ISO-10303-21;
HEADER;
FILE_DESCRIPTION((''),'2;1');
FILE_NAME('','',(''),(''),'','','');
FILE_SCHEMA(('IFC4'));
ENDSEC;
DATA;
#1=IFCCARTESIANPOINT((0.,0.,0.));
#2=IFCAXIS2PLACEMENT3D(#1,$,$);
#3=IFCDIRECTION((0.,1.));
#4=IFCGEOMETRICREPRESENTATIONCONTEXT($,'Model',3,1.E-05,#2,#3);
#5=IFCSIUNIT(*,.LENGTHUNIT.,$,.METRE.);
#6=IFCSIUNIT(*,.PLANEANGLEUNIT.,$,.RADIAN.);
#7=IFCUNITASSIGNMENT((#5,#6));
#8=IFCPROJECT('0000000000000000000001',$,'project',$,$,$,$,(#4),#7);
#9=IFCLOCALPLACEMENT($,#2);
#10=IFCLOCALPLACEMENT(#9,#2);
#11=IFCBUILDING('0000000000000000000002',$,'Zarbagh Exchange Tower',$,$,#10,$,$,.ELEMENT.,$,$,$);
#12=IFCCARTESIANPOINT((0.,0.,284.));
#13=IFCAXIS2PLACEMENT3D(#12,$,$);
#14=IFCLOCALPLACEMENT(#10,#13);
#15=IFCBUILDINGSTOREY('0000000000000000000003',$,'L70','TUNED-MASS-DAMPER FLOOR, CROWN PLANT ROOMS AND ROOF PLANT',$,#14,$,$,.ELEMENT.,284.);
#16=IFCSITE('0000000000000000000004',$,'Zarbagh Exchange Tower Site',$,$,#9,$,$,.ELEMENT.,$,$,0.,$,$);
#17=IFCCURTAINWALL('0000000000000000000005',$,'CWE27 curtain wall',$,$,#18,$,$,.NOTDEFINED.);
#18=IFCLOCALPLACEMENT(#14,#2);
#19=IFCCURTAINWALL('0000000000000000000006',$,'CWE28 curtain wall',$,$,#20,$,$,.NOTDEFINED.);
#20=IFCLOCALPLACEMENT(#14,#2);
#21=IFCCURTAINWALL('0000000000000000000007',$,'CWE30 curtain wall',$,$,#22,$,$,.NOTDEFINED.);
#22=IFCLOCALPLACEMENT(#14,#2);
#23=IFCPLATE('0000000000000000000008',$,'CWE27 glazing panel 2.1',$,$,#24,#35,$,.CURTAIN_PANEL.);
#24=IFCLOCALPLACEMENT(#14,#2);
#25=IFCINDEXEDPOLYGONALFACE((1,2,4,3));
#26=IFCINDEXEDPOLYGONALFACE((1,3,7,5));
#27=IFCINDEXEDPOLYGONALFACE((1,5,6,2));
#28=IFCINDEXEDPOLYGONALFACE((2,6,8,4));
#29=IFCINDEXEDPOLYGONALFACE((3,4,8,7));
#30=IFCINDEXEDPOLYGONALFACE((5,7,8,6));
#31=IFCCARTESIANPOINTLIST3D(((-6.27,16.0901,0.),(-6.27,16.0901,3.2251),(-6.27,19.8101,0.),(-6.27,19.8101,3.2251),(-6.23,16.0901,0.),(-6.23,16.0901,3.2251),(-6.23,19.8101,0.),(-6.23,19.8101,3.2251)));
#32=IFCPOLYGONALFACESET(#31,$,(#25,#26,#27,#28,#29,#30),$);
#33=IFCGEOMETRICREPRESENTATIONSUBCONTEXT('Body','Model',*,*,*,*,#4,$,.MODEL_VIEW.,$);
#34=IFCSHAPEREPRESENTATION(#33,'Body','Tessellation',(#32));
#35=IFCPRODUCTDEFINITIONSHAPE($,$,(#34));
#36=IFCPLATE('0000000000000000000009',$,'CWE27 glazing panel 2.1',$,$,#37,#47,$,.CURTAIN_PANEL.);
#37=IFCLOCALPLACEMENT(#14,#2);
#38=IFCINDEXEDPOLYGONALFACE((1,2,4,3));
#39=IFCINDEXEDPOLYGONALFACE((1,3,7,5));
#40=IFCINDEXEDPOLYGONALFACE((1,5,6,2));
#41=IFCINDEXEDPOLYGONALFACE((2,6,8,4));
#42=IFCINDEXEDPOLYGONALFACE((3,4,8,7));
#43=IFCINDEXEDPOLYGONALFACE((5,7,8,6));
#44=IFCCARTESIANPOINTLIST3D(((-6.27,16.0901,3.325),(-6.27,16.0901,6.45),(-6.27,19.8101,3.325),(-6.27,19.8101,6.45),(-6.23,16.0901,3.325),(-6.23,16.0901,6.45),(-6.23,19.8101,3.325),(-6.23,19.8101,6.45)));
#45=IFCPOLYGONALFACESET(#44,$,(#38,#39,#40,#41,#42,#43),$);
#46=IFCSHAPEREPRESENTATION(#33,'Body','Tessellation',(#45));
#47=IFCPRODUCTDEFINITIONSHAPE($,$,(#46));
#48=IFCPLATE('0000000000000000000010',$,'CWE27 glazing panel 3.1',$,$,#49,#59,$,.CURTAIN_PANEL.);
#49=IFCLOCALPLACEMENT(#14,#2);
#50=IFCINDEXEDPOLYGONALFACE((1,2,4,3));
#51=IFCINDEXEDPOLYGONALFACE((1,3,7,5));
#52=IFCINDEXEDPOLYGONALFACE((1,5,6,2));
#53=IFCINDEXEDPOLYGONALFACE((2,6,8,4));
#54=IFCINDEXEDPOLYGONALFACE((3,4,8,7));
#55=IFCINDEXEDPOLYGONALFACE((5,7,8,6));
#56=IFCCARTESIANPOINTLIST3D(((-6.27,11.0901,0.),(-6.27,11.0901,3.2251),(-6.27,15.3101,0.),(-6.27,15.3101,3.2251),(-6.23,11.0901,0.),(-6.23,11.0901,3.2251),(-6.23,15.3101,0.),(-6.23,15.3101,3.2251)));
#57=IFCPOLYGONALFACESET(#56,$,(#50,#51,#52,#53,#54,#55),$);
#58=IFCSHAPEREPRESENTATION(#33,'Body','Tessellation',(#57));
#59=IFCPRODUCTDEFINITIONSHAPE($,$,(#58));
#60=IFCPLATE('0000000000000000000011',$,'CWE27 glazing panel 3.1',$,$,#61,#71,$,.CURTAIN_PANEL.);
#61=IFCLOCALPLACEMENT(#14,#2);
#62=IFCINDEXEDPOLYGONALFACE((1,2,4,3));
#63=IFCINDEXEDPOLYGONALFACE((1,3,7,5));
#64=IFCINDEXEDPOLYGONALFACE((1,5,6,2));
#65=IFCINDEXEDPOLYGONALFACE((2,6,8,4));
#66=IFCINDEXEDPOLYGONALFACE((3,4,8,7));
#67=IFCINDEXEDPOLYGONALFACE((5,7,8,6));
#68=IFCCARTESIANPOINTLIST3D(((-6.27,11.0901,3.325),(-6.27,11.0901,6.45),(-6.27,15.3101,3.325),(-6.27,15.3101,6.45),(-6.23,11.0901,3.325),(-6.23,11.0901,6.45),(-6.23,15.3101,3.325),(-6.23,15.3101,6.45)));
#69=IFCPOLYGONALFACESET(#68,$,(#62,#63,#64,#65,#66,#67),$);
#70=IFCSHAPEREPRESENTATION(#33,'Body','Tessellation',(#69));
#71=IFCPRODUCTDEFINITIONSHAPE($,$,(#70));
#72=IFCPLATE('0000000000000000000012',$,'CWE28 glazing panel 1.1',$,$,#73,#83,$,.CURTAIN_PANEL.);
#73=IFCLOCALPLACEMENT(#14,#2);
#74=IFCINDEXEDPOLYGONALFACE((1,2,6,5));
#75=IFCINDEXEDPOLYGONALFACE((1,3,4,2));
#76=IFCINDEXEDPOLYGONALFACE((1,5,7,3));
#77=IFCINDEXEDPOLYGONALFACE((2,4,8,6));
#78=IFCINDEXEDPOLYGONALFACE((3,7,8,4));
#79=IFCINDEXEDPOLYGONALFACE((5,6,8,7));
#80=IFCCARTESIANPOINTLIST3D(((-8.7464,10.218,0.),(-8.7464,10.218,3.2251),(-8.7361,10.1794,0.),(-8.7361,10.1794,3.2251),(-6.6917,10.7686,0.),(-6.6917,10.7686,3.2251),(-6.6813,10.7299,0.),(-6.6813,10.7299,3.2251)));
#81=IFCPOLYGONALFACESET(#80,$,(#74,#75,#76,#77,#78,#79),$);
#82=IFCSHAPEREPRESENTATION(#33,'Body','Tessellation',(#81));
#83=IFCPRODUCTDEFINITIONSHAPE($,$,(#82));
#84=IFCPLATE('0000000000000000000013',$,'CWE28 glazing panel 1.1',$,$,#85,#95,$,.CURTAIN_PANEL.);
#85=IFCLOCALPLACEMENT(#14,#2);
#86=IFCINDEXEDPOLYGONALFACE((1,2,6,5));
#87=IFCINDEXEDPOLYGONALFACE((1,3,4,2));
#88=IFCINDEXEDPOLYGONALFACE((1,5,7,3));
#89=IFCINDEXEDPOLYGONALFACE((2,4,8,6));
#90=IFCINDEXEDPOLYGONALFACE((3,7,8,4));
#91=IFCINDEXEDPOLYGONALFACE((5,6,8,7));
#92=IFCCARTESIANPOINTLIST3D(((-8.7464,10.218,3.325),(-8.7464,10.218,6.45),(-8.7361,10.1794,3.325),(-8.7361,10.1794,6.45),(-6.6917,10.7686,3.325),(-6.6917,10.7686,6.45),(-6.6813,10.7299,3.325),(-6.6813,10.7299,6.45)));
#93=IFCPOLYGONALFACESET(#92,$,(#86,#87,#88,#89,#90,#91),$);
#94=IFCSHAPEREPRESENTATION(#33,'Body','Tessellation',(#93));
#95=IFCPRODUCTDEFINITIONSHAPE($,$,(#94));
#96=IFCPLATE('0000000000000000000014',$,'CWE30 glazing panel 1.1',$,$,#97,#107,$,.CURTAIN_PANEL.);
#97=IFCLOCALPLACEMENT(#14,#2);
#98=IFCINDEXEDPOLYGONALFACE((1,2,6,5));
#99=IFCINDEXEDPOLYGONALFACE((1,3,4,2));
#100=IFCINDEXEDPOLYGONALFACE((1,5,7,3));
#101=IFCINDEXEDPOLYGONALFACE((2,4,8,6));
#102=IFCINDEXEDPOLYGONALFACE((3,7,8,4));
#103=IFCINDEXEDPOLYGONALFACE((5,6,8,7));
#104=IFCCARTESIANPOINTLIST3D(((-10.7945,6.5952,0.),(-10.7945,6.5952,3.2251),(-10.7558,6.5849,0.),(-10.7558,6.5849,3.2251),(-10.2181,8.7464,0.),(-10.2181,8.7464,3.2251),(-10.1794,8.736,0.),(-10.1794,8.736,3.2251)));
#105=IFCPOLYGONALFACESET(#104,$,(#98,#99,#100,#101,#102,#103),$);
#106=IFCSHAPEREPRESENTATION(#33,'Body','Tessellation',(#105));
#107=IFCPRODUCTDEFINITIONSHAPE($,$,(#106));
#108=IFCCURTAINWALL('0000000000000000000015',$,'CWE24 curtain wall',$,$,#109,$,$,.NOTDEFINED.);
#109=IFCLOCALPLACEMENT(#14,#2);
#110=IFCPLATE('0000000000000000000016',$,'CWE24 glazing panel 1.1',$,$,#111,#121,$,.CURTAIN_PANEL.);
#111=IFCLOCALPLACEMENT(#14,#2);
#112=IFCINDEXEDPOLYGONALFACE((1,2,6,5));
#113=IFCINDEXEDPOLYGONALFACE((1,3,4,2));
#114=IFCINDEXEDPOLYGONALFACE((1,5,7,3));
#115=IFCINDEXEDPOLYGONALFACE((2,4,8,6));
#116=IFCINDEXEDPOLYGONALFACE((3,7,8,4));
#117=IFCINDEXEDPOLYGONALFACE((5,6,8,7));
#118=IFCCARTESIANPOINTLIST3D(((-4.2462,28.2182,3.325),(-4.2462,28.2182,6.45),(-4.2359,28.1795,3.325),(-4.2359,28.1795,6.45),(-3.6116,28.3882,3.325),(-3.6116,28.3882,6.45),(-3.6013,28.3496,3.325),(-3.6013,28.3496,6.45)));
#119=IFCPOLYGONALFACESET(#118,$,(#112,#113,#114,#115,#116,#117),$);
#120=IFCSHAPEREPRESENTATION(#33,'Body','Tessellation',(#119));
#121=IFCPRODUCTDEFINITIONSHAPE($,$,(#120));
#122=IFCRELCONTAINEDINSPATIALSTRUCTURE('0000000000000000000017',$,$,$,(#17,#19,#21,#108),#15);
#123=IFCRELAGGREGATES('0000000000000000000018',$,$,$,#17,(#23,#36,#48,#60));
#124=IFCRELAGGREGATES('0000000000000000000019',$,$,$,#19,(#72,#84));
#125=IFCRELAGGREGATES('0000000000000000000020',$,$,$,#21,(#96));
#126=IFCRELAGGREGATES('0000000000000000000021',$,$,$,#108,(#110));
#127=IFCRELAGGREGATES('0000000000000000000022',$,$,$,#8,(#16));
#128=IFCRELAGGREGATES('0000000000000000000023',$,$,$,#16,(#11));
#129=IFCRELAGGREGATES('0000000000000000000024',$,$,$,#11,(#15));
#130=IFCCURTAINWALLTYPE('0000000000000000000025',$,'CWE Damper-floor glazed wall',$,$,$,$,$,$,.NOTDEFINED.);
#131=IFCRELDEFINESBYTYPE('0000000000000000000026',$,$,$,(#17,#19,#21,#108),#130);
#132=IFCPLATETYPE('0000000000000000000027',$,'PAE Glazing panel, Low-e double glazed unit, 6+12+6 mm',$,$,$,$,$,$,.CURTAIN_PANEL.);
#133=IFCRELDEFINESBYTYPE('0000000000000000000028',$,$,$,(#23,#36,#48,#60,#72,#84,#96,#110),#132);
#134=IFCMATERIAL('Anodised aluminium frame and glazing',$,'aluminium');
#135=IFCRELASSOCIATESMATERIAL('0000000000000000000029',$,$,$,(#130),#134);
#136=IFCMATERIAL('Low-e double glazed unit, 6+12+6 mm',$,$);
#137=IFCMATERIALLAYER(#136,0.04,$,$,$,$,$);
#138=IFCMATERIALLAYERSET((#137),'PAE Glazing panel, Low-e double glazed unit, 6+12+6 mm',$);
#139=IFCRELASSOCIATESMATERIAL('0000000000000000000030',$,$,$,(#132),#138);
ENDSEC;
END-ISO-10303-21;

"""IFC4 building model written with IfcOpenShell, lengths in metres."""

from ifc_helpers import new_model, si_unit, direction, frame, origin, place, context, subcontext, project, spatial, polyline, outline, extrude, source, transform, mapped, material, layer, layer_set, type_object, element, aggregate, save


model = new_model("IFC4")

# Units and contexts
model_context = context("Model", 3, precision=1e-05, world=origin(), true_north=direction((0.0, 1.0)))
body_context = subcontext(model_context, "Body", "Model", "MODEL_VIEW")
ifc_project = project(units=[si_unit("LENGTHUNIT", "METRE"), si_unit("PLANEANGLEUNIT", "RADIAN")], contexts=[model_context])

# Site, building, storey
site_placement = place(None, origin())
site = spatial("IfcSite", under=ifc_project, at=site_placement, Name="Zarbagh Exchange Tower Site", CompositionType="ELEMENT", RefElevation=0.0)
building_placement = place(site_placement, origin())
building = spatial("IfcBuilding", under=site, at=building_placement, Name="Zarbagh Exchange Tower", CompositionType="ELEMENT")
storey_placement = place(building_placement, frame((0.0, 0.0, 284.0)))
storey = spatial("IfcBuildingStorey", under=building, at=storey_placement, Name="L70", Description="TUNED-MASS-DAMPER FLOOR, CROWN PLANT ROOMS AND ROOF PLANT", CompositionType="ELEMENT", Elevation=284.0)

# Curtain wall
ifc_material_1 = material(Name="Anodised aluminium frame and glazing", Category="aluminium")
curtain_wall_type = type_object("IfcCurtainWallType", Name="CWE Damper-floor glazed wall", PredefinedType="NOTDEFINED", material=ifc_material_1)
curtain_wall_1_placement = place(storey_placement, origin())
curtain_wall_1 = element("IfcCurtainWall", 1, at=curtain_wall_1_placement, inside=storey, type_object=curtain_wall_type, Name="CWE27 curtain wall", PredefinedType="NOTDEFINED")
placement = place(storey_placement, origin())

# Curtain wall
curtain_wall_2_placement = place(storey_placement, origin())
curtain_wall_2 = element("IfcCurtainWall", 2, at=curtain_wall_2_placement, inside=storey, type_object=curtain_wall_type, Name="CWE28 curtain wall", PredefinedType="NOTDEFINED")

# Curtain wall
curtain_wall_3_placement = place(storey_placement, origin())
curtain_wall_3 = element("IfcCurtainWall", 3, at=curtain_wall_3_placement, inside=storey, type_object=curtain_wall_type, Name="CWE30 curtain wall", PredefinedType="NOTDEFINED")

# Plates
ifc_material_2 = material(Name="Low-e double glazed unit, 6+12+6 mm")
ifc_layer = layer(ifc_material_2, 0.04)
ifc_layer_set = layer_set([ifc_layer], Name="PAE Glazing panel, Low-e double glazed unit, 6+12+6 mm")
plate_type = type_object("IfcPlateType", Name="PAE Glazing panel, Low-e double glazed unit, 6+12+6 mm", PredefinedType="CURTAIN_PANEL", material=ifc_layer_set)
shared_shape_1 = source(origin(), body_context, "Body", "SweptSolid", [
    extrude(outline(polyline([(0.0, -0.02), (3.72, -0.02), (3.72, 0.02), (0.0, 0.02), (0.0, -0.02)])), origin(), (0.0, 0.0, 1.0), 3.2251),
])
plate_1 = element("IfcPlate", 4, at=placement, type_object=plate_type, Name="CWE27 glazing panel 2.1", PredefinedType="CURTAIN_PANEL", context=body_context, shape_type="MappedRepresentation", body=[
    mapped(shared_shape_1, transform((-6.25, 19.8101, 0.0), x_axis=(0.0, -1.0, 0.0), y_axis=(1.0, 0.0, 0.0), z_axis=(0.0, 0.0, 1.0))),
])
shared_shape_2 = source(origin(), body_context, "Body", "SweptSolid", [
    extrude(outline(polyline([(0.0, -0.02), (3.72, -0.02), (3.72, 0.02), (0.0, 0.02), (0.0, -0.02)])), origin(), (0.0, 0.0, 1.0), 3.125),
])
plate_2 = element("IfcPlate", 5, at=placement, type_object=plate_type, Name="CWE27 glazing panel 2.1", PredefinedType="CURTAIN_PANEL", context=body_context, shape_type="MappedRepresentation", body=[
    mapped(shared_shape_2, transform((-6.25, 19.8101, 3.325), x_axis=(0.0, -1.0, 0.0), y_axis=(1.0, 0.0, 0.0), z_axis=(0.0, 0.0, 1.0))),
])
shared_shape_3 = source(origin(), body_context, "Body", "SweptSolid", [
    extrude(outline(polyline([(0.0, -0.02), (4.22, -0.02), (4.22, 0.02), (0.0, 0.02), (0.0, -0.02)])), origin(), (0.0, 0.0, 1.0), 3.2251),
])
plate_3 = element("IfcPlate", 6, at=placement, type_object=plate_type, Name="CWE27 glazing panel 3.1", PredefinedType="CURTAIN_PANEL", context=body_context, shape_type="MappedRepresentation", body=[
    mapped(shared_shape_3, transform((-6.25, 15.3101, 0.0), x_axis=(0.0, -1.0, 0.0), y_axis=(1.0, 0.0, 0.0), z_axis=(0.0, 0.0, 1.0))),
])
shared_shape_4 = source(origin(), body_context, "Body", "SweptSolid", [
    extrude(outline(polyline([(0.0, -0.02), (4.22, -0.02), (4.22, 0.02), (0.0, 0.02), (0.0, -0.02)])), origin(), (0.0, 0.0, 1.0), 3.125),
])
plate_4 = element("IfcPlate", 7, at=placement, type_object=plate_type, Name="CWE27 glazing panel 3.1", PredefinedType="CURTAIN_PANEL", context=body_context, shape_type="MappedRepresentation", body=[
    mapped(shared_shape_4, transform((-6.25, 15.3101, 3.325), x_axis=(0.0, -1.0, 0.0), y_axis=(1.0, 0.0, 0.0), z_axis=(0.0, 0.0, 1.0))),
])
aggregate(curtain_wall_1, [plate_1, plate_2, plate_3, plate_4])
shared_shape_5 = source(origin(), body_context, "Body", "SweptSolid", [
    extrude(outline(polyline([(0.0, -0.02), (2.1272, -0.02), (2.1272, 0.02), (0.0, 0.02), (0.0, -0.02)])), origin(), (0.0, 0.0, 1.0), 3.2251),
])
plate_5 = element("IfcPlate", 8, at=placement, type_object=plate_type, Name="CWE28 glazing panel 1.1", PredefinedType="CURTAIN_PANEL", context=body_context, shape_type="MappedRepresentation", body=[
    mapped(shared_shape_5, transform((-6.6865, 10.7493, 0.0), x_axis=(-0.965924, -0.258825, 0.0), y_axis=(0.258825, -0.965924, 0.0), z_axis=(0.0, 0.0, 1.0))),
])
shared_shape_6 = source(origin(), body_context, "Body", "SweptSolid", [
    extrude(outline(polyline([(0.0, -0.02), (2.1272, -0.02), (2.1272, 0.02), (0.0, 0.02), (0.0, -0.02)])), origin(), (0.0, 0.0, 1.0), 3.125),
])
plate_6 = element("IfcPlate", 9, at=placement, type_object=plate_type, Name="CWE28 glazing panel 1.1", PredefinedType="CURTAIN_PANEL", context=body_context, shape_type="MappedRepresentation", body=[
    mapped(shared_shape_6, transform((-6.6865, 10.7493, 3.325), x_axis=(-0.965924, -0.258825, 0.0), y_axis=(0.258825, -0.965924, 0.0), z_axis=(0.0, 0.0, 1.0))),
])
aggregate(curtain_wall_2, [plate_5, plate_6])
shared_shape_7 = source(origin(), body_context, "Body", "SweptSolid", [
    extrude(outline(polyline([(0.0, -0.02), (2.2271, -0.02), (2.2271, 0.02), (0.0, 0.02), (0.0, -0.02)])), origin(), (0.0, 0.0, 1.0), 3.2251),
])
plate_7 = element("IfcPlate", 10, at=placement, type_object=plate_type, Name="CWE30 glazing panel 1.1", PredefinedType="CURTAIN_PANEL", context=body_context, shape_type="MappedRepresentation", body=[
    mapped(shared_shape_7, transform((-10.1987, 8.7412, 0.0), x_axis=(-0.258825, -0.965924, 0.0), y_axis=(0.965924, -0.258825, 0.0), z_axis=(0.0, 0.0, 1.0))),
])
aggregate(curtain_wall_3, [plate_7])

# Curtain wall, plate
curtain_wall_4_placement = place(storey_placement, origin())
curtain_wall_4 = element("IfcCurtainWall", 11, at=curtain_wall_4_placement, inside=storey, type_object=curtain_wall_type, Name="CWE24 curtain wall", PredefinedType="NOTDEFINED")
shared_shape_8 = source(origin(), body_context, "Body", "SweptSolid", [
    extrude(outline(polyline([(0.0, -0.02), (0.657, -0.02), (0.657, 0.02), (0.0, 0.02), (0.0, -0.02)])), origin(), (0.0, 0.0, 1.0), 3.125),
])
plate_8 = element("IfcPlate", 12, at=placement, type_object=plate_type, Name="CWE24 glazing panel 1.1", PredefinedType="CURTAIN_PANEL", context=body_context, shape_type="MappedRepresentation", body=[
    mapped(shared_shape_8, transform((-3.6064, 28.3689, 3.325), x_axis=(-0.965924, -0.258825, 0.0), y_axis=(0.258825, -0.965924, 0.0), z_axis=(0.0, 0.0, 1.0))),
])
aggregate(curtain_wall_4, [plate_8])

save(model, "model.ifc")
